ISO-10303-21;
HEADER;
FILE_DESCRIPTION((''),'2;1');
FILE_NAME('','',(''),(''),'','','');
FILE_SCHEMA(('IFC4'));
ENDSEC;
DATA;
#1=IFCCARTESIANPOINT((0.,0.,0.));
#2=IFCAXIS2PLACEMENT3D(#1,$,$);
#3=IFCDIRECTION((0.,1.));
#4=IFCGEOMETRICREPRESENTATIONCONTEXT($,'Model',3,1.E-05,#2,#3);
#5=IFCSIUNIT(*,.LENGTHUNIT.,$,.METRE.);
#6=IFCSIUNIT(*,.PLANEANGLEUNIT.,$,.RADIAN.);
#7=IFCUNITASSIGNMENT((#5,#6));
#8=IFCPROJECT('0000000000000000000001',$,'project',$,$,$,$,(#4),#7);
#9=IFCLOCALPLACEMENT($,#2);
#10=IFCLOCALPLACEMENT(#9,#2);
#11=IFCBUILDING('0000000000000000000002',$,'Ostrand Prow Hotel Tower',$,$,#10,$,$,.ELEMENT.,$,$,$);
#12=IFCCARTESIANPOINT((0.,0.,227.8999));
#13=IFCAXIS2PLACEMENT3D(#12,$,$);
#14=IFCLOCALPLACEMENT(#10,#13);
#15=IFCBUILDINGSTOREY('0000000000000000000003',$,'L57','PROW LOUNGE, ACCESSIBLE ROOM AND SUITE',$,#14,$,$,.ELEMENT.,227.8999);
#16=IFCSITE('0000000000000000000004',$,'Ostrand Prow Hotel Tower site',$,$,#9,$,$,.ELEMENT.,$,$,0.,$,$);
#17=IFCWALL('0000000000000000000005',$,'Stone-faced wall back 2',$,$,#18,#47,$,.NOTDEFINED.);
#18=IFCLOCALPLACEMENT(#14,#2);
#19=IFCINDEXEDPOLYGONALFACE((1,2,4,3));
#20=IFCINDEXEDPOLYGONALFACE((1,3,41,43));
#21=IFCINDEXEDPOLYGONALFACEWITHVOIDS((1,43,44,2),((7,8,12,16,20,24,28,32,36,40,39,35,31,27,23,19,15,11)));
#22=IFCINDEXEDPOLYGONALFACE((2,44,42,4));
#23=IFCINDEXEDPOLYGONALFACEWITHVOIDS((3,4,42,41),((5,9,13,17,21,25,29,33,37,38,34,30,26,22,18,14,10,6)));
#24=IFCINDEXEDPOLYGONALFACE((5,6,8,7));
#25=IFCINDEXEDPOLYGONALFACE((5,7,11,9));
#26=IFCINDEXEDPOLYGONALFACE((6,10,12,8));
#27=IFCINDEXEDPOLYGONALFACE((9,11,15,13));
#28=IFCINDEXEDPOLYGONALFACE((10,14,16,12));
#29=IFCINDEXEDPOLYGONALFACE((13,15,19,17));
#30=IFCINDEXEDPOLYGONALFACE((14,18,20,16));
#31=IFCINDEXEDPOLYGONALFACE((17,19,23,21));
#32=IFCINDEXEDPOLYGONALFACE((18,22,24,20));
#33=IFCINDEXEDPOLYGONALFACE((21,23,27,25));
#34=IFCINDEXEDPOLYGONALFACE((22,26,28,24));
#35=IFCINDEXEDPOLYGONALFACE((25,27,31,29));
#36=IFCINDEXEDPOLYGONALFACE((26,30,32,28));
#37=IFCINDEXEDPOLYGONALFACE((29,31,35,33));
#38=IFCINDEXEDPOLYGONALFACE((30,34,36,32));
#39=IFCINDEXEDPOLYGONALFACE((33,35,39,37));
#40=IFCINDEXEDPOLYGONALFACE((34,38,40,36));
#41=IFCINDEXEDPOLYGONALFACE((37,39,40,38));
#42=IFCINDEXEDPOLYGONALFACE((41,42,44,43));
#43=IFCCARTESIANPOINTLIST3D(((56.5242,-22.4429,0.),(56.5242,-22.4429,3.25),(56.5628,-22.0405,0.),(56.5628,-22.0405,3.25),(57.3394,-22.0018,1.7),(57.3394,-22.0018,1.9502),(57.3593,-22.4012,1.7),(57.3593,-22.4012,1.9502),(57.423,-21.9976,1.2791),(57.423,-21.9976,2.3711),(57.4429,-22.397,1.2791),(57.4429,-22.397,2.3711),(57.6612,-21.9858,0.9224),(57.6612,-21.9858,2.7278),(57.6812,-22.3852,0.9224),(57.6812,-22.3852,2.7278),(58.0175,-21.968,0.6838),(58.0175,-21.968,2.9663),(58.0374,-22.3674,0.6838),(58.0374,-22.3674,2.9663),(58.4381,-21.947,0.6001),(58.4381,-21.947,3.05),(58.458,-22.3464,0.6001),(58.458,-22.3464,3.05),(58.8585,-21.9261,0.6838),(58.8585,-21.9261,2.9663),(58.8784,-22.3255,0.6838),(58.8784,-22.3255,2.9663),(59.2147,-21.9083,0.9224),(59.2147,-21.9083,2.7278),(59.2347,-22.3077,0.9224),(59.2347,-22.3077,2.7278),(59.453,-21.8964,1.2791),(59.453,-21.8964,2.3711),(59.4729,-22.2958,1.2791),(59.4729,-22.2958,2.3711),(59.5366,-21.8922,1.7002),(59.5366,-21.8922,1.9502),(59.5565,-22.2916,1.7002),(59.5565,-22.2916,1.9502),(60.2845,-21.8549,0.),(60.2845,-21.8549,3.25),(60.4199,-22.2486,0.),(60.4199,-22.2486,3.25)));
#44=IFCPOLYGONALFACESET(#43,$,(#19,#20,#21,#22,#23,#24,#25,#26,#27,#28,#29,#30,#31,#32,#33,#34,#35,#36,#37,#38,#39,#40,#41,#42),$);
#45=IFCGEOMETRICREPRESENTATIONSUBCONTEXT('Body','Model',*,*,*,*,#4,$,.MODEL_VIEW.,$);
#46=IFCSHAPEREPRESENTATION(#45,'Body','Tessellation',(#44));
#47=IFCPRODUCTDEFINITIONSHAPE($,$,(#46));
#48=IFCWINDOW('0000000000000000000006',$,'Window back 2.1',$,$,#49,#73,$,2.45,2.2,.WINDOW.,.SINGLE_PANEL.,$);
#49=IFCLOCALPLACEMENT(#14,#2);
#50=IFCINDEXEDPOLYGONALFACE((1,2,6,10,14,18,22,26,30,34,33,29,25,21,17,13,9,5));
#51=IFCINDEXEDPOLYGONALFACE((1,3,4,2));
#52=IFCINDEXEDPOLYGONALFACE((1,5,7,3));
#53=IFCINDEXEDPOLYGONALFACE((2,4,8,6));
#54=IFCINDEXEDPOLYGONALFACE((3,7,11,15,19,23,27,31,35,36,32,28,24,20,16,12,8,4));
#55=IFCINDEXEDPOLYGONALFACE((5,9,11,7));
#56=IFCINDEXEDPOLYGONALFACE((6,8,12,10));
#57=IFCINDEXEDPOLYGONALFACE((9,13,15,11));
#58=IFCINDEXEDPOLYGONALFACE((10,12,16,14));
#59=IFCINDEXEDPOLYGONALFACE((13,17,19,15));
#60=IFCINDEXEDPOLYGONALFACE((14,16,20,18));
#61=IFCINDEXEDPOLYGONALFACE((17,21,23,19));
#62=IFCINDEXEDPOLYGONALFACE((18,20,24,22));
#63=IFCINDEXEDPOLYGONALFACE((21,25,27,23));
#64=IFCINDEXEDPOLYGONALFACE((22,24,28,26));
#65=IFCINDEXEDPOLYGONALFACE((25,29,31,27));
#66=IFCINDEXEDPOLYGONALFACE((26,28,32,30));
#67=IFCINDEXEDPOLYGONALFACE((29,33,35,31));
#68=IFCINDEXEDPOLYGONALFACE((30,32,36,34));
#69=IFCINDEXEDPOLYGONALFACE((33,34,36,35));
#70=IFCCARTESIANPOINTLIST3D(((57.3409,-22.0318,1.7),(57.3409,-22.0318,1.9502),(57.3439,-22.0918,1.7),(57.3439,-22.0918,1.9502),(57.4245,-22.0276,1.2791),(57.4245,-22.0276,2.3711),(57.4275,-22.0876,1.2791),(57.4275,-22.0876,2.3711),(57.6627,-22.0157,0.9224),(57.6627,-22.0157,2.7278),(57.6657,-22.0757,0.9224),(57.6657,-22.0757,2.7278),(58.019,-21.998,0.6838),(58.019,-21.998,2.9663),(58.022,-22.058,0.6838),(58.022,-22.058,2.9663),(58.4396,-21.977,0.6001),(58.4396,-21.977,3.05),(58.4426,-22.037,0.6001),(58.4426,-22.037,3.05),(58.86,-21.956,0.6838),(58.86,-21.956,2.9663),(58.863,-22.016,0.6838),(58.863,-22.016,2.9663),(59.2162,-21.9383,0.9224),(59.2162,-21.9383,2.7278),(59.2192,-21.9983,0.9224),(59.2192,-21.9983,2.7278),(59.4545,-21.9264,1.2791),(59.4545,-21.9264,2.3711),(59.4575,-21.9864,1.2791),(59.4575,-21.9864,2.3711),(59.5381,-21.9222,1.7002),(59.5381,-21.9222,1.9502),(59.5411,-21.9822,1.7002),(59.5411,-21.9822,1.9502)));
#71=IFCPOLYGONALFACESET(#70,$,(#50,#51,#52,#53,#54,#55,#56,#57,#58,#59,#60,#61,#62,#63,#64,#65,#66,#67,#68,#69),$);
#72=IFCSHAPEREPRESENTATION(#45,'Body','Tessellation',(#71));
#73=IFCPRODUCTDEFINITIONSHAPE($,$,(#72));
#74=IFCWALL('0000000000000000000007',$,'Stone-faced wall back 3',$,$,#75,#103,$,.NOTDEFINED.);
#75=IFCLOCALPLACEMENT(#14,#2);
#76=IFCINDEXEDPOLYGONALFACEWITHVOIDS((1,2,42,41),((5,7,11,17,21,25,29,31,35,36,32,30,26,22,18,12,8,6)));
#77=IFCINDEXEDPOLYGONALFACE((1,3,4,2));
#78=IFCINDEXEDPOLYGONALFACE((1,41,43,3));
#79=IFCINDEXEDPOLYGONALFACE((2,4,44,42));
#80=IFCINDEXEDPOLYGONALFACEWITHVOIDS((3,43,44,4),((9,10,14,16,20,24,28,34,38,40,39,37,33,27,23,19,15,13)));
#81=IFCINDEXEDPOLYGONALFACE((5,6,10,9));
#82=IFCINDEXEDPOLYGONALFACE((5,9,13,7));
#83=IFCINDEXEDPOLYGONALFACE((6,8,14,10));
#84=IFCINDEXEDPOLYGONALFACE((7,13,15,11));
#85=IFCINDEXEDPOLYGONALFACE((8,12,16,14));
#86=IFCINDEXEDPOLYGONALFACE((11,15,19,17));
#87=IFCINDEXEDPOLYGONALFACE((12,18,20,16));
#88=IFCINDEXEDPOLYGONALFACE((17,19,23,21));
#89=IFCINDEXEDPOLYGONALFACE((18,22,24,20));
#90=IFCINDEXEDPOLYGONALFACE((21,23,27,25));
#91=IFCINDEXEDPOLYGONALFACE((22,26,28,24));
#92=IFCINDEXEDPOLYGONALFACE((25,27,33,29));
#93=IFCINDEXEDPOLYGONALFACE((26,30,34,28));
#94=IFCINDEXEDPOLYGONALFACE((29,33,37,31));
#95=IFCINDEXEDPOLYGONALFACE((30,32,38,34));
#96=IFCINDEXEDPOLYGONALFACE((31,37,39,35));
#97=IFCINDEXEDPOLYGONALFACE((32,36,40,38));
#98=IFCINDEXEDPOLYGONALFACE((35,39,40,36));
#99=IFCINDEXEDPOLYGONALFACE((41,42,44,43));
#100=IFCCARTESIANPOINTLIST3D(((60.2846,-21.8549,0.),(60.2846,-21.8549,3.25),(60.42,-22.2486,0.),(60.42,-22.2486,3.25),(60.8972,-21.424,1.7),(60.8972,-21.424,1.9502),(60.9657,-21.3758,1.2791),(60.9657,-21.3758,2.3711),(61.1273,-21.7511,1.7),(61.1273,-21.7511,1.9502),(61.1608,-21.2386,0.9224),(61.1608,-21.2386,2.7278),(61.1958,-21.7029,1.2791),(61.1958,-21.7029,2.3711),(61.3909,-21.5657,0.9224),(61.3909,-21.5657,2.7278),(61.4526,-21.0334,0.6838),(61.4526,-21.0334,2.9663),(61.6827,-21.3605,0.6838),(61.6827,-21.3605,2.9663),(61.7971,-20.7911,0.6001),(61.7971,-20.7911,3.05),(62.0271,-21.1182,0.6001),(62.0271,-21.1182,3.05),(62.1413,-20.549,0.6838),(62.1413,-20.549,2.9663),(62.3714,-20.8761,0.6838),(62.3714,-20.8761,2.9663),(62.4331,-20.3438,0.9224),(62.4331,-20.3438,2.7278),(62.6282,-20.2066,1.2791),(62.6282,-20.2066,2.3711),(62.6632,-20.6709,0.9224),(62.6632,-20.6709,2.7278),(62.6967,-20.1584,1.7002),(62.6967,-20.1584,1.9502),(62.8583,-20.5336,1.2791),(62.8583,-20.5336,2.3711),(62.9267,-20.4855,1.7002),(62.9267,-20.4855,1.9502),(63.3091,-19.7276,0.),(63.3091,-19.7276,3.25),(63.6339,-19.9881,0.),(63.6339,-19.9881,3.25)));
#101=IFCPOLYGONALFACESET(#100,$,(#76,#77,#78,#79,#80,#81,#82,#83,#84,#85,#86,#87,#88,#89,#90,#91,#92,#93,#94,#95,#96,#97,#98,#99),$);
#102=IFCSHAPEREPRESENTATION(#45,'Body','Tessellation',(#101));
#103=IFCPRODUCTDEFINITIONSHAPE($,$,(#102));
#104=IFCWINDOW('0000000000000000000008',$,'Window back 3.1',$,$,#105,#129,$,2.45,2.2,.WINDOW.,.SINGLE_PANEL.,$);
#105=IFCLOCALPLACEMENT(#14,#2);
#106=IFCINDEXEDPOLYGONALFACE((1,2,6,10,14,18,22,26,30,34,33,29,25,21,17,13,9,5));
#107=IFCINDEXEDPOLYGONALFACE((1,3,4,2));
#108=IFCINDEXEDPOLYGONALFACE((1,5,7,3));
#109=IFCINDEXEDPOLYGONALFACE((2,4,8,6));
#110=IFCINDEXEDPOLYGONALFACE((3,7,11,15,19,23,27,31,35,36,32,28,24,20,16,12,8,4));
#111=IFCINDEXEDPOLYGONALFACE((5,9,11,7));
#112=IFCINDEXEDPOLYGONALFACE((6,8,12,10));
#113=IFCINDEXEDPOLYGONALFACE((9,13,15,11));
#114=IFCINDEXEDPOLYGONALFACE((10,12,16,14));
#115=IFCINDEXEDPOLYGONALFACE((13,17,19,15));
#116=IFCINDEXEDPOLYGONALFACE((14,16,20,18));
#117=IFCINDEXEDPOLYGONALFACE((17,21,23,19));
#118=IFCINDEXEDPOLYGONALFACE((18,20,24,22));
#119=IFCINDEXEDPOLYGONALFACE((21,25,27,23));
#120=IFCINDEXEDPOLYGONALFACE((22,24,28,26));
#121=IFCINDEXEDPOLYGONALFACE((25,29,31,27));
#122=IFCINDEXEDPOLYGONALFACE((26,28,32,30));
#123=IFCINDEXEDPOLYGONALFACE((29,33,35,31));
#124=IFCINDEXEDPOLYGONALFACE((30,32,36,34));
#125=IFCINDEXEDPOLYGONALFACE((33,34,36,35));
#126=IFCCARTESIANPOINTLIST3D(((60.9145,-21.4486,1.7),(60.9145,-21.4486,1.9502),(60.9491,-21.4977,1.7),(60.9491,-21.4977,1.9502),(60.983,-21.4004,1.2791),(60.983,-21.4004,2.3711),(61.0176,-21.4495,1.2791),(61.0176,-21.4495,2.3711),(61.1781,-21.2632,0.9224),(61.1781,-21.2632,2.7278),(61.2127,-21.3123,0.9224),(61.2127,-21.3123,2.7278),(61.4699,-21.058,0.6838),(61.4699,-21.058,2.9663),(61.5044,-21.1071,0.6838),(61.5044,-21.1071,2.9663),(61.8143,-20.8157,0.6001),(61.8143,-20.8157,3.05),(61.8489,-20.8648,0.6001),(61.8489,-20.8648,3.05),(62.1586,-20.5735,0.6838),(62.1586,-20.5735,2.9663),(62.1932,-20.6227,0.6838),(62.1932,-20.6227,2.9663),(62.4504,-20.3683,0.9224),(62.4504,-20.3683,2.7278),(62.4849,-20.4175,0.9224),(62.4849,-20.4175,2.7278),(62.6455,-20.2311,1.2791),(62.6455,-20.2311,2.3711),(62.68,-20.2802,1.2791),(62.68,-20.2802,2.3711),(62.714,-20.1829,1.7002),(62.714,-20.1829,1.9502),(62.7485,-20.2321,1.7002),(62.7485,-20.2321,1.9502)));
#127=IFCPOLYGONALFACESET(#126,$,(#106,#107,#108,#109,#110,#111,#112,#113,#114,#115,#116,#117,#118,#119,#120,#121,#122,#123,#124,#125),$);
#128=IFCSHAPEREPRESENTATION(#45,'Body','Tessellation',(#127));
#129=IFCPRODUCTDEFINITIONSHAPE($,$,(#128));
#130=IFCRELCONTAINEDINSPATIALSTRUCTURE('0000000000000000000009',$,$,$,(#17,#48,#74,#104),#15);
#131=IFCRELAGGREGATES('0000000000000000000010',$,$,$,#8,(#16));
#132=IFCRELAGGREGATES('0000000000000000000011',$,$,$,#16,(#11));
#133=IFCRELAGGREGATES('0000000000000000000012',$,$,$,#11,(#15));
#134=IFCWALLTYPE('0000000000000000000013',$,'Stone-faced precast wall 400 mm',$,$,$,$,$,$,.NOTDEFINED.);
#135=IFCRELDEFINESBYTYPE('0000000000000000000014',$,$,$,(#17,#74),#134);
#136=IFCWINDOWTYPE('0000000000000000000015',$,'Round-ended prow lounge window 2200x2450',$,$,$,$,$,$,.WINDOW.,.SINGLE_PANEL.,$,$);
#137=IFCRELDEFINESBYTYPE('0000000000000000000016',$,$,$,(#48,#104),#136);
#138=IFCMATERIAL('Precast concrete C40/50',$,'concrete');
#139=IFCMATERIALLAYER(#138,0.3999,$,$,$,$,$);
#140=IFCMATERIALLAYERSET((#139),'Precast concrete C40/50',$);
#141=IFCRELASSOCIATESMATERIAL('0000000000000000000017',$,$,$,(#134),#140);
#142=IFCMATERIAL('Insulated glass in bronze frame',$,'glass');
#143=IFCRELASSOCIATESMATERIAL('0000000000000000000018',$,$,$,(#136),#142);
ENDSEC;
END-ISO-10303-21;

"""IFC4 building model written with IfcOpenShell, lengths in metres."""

from ifc_helpers import new_model, si_unit, direction, frame, origin, place, context, subcontext, project, spatial, polyline, outline, extrude, material, layer, layer_set, type_object, element, fill, save


model = new_model("IFC4")

# Units and contexts
model_context = context("Model", 3, precision=1e-05, world=origin(), true_north=direction((0.0, 1.0)))
body_context = subcontext(model_context, "Body", "Model", "MODEL_VIEW")
ifc_project = project(units=[si_unit("LENGTHUNIT", "METRE"), si_unit("PLANEANGLEUNIT", "RADIAN")], contexts=[model_context])

# Site, building, storey
site_placement = place(None, origin())
site = spatial("IfcSite", under=ifc_project, at=site_placement, Name="Ostrand Prow Hotel Tower site", CompositionType="ELEMENT", RefElevation=0.0)
building_placement = place(site_placement, origin())
building = spatial("IfcBuilding", under=site, at=building_placement, Name="Ostrand Prow Hotel Tower", CompositionType="ELEMENT")
storey_placement = place(building_placement, frame((0.0, 0.0, 227.8999)))
storey = spatial("IfcBuildingStorey", under=building, at=storey_placement, Name="L57", Description="PROW LOUNGE, ACCESSIBLE ROOM AND SUITE", CompositionType="ELEMENT", Elevation=227.8999)

# Walls, openings, windows
ifc_material_1 = material(Name="Precast concrete C40/50", Category="concrete")
ifc_layer_1 = layer(ifc_material_1, 0.3999)
ifc_layer_set_1 = layer_set([ifc_layer_1], Name="Precast concrete C40/50")
wall_type_1 = type_object("IfcWallType", Name="Stone-faced precast wall 400 mm", PredefinedType="NOTDEFINED", material=ifc_layer_set_1)
wall_1_placement = place(storey_placement, frame((56.5435, -22.2417, 0.0), z_axis=(0.0, 0.0, 1.0), x_axis=(0.998759, 0.049807, 0.0)))
wall_1 = element("IfcWall", 1, at=wall_1_placement, inside=storey, type_object=wall_type_1, Name="Stone-faced wall back 2", PredefinedType="NOTDEFINED", context=body_context, shape_type="SweptSolid", body=[
    extrude(outline(polyline([(-0.0293, -0.2), (3.8713, -0.2), (3.7556, 0.2), (0.0293, 0.2), (-0.0293, -0.2)])), origin(), (0.0, 0.0, 1.0), 3.25),
])
opening_1_placement = place(wall_1_placement, frame((0.8069, 0.0, 0.6001)))
opening_1 = element("IfcOpeningElement", 2, at=opening_1_placement, cuts=wall_1, PredefinedType="OPENING", context=body_context, shape_type="SweptSolid", body=[
    extrude(outline(polyline([(0.0, 1.3501), (0.0837, 1.771), (0.3223, 2.1277), (0.679, 2.3662), (1.1001, 2.45), (1.521, 2.3662), (1.8777, 2.1277), (2.1162, 1.771), (2.2, 1.3501), (2.2, 1.1001), (2.1162, 0.679), (1.8777, 0.3223), (1.521, 0.0837), (1.1001, 0.0), (0.679, 0.0837), (0.3223, 0.3223), (0.0837, 0.679), (0.0, 1.0999), (0.0, 1.3501)])), frame((0.0, 0.21, 0.0), z_axis=(0.0, -1.0, 0.0), x_axis=(1.0, 0.0, 0.0)), (0.0, 0.0, 1.0), 0.4199),
])
ifc_material_2 = material(Name="Insulated glass in bronze frame", Category="glass")
window_type_1 = type_object("IfcWindowType", Name="Round-ended prow lounge window 2200x2450", PartitioningType="SINGLE_PANEL", PredefinedType="WINDOW", material=ifc_material_2)
window_1_placement = place(opening_1_placement, origin())
window_1 = element("IfcWindow", 3, at=window_1_placement, inside=storey, type_object=window_type_1, Name="Window back 2.1", OverallHeight=2.45, OverallWidth=2.2, PartitioningType="SINGLE_PANEL", PredefinedType="WINDOW", context=body_context, shape_type="SweptSolid", body=[
    extrude(outline(polyline([(0.0, 1.3501), (0.0837, 1.771), (0.3223, 2.1277), (0.679, 2.3662), (1.1001, 2.45), (1.521, 2.3662), (1.8777, 2.1277), (2.1162, 1.771), (2.2, 1.3501), (2.2, 1.1001), (2.1162, 0.679), (1.8777, 0.3223), (1.521, 0.0837), (1.1001, 0.0), (0.679, 0.0837), (0.3223, 0.3223), (0.0837, 0.679), (0.0, 1.0999), (0.0, 1.3501)])), frame((0.0, 0.1699, 0.0), z_axis=(0.0, -1.0, 0.0), x_axis=(1.0, 0.0, 0.0)), (0.0, 0.0, 1.0), 0.0601),
])
fill(opening_1, window_1)
wall_2_placement = place(storey_placement, frame((60.3523, -22.0518, 0.0), z_axis=(0.0, 0.0, 1.0), x_axis=(0.817943, 0.5753, 0.0)))
wall_2 = element("IfcWall", 4, at=wall_2_placement, inside=storey, type_object=wall_type_1, Name="Stone-faced wall back 3", PredefinedType="NOTDEFINED", context=body_context, shape_type="SweptSolid", body=[
    extrude(outline(polyline([(-0.0579, -0.2), (3.8713, -0.2), (3.7556, 0.2), (0.0579, 0.2), (-0.0579, -0.2)])), origin(), (0.0, 0.0, 1.0), 3.25),
])
opening_2_placement = place(wall_2_placement, frame((0.8069, 0.0, 0.6001)))
opening_2 = element("IfcOpeningElement", 5, at=opening_2_placement, cuts=wall_2, PredefinedType="OPENING", context=body_context, shape_type="SweptSolid", body=[
    extrude(outline(polyline([(0.0, 1.3501), (0.0837, 1.771), (0.3223, 2.1277), (0.679, 2.3662), (1.1001, 2.45), (1.521, 2.3662), (1.8777, 2.1277), (2.1162, 1.771), (2.2, 1.3501), (2.2, 1.1001), (2.1162, 0.679), (1.8777, 0.3223), (1.521, 0.0837), (1.1001, 0.0), (0.679, 0.0837), (0.3223, 0.3223), (0.0837, 0.679), (0.0, 1.0999), (0.0, 1.3501)])), frame((0.0, 0.21, 0.0), z_axis=(0.0, -1.0, 0.0), x_axis=(1.0, 0.0, 0.0)), (0.0, 0.0, 1.0), 0.4199),
])
window_2_placement = place(opening_2_placement, origin())
window_2 = element("IfcWindow", 6, at=window_2_placement, inside=storey, type_object=window_type_1, Name="Window back 3.1", OverallHeight=2.45, OverallWidth=2.2, PartitioningType="SINGLE_PANEL", PredefinedType="WINDOW", context=body_context, shape_type="SweptSolid", body=[
    extrude(outline(polyline([(0.0, 1.3501), (0.0837, 1.771), (0.3223, 2.1277), (0.679, 2.3662), (1.1001, 2.45), (1.521, 2.3662), (1.8777, 2.1277), (2.1162, 1.771), (2.2, 1.3501), (2.2, 1.1001), (2.1162, 0.679), (1.8777, 0.3223), (1.521, 0.0837), (1.1001, 0.0), (0.679, 0.0837), (0.3223, 0.3223), (0.0837, 0.679), (0.0, 1.0999), (0.0, 1.3501)])), frame((0.0, 0.1699, 0.0), z_axis=(0.0, -1.0, 0.0), x_axis=(1.0, 0.0, 0.0)), (0.0, 0.0, 1.0), 0.0601),
])
fill(opening_2, window_2)

save(model, "model.ifc")
